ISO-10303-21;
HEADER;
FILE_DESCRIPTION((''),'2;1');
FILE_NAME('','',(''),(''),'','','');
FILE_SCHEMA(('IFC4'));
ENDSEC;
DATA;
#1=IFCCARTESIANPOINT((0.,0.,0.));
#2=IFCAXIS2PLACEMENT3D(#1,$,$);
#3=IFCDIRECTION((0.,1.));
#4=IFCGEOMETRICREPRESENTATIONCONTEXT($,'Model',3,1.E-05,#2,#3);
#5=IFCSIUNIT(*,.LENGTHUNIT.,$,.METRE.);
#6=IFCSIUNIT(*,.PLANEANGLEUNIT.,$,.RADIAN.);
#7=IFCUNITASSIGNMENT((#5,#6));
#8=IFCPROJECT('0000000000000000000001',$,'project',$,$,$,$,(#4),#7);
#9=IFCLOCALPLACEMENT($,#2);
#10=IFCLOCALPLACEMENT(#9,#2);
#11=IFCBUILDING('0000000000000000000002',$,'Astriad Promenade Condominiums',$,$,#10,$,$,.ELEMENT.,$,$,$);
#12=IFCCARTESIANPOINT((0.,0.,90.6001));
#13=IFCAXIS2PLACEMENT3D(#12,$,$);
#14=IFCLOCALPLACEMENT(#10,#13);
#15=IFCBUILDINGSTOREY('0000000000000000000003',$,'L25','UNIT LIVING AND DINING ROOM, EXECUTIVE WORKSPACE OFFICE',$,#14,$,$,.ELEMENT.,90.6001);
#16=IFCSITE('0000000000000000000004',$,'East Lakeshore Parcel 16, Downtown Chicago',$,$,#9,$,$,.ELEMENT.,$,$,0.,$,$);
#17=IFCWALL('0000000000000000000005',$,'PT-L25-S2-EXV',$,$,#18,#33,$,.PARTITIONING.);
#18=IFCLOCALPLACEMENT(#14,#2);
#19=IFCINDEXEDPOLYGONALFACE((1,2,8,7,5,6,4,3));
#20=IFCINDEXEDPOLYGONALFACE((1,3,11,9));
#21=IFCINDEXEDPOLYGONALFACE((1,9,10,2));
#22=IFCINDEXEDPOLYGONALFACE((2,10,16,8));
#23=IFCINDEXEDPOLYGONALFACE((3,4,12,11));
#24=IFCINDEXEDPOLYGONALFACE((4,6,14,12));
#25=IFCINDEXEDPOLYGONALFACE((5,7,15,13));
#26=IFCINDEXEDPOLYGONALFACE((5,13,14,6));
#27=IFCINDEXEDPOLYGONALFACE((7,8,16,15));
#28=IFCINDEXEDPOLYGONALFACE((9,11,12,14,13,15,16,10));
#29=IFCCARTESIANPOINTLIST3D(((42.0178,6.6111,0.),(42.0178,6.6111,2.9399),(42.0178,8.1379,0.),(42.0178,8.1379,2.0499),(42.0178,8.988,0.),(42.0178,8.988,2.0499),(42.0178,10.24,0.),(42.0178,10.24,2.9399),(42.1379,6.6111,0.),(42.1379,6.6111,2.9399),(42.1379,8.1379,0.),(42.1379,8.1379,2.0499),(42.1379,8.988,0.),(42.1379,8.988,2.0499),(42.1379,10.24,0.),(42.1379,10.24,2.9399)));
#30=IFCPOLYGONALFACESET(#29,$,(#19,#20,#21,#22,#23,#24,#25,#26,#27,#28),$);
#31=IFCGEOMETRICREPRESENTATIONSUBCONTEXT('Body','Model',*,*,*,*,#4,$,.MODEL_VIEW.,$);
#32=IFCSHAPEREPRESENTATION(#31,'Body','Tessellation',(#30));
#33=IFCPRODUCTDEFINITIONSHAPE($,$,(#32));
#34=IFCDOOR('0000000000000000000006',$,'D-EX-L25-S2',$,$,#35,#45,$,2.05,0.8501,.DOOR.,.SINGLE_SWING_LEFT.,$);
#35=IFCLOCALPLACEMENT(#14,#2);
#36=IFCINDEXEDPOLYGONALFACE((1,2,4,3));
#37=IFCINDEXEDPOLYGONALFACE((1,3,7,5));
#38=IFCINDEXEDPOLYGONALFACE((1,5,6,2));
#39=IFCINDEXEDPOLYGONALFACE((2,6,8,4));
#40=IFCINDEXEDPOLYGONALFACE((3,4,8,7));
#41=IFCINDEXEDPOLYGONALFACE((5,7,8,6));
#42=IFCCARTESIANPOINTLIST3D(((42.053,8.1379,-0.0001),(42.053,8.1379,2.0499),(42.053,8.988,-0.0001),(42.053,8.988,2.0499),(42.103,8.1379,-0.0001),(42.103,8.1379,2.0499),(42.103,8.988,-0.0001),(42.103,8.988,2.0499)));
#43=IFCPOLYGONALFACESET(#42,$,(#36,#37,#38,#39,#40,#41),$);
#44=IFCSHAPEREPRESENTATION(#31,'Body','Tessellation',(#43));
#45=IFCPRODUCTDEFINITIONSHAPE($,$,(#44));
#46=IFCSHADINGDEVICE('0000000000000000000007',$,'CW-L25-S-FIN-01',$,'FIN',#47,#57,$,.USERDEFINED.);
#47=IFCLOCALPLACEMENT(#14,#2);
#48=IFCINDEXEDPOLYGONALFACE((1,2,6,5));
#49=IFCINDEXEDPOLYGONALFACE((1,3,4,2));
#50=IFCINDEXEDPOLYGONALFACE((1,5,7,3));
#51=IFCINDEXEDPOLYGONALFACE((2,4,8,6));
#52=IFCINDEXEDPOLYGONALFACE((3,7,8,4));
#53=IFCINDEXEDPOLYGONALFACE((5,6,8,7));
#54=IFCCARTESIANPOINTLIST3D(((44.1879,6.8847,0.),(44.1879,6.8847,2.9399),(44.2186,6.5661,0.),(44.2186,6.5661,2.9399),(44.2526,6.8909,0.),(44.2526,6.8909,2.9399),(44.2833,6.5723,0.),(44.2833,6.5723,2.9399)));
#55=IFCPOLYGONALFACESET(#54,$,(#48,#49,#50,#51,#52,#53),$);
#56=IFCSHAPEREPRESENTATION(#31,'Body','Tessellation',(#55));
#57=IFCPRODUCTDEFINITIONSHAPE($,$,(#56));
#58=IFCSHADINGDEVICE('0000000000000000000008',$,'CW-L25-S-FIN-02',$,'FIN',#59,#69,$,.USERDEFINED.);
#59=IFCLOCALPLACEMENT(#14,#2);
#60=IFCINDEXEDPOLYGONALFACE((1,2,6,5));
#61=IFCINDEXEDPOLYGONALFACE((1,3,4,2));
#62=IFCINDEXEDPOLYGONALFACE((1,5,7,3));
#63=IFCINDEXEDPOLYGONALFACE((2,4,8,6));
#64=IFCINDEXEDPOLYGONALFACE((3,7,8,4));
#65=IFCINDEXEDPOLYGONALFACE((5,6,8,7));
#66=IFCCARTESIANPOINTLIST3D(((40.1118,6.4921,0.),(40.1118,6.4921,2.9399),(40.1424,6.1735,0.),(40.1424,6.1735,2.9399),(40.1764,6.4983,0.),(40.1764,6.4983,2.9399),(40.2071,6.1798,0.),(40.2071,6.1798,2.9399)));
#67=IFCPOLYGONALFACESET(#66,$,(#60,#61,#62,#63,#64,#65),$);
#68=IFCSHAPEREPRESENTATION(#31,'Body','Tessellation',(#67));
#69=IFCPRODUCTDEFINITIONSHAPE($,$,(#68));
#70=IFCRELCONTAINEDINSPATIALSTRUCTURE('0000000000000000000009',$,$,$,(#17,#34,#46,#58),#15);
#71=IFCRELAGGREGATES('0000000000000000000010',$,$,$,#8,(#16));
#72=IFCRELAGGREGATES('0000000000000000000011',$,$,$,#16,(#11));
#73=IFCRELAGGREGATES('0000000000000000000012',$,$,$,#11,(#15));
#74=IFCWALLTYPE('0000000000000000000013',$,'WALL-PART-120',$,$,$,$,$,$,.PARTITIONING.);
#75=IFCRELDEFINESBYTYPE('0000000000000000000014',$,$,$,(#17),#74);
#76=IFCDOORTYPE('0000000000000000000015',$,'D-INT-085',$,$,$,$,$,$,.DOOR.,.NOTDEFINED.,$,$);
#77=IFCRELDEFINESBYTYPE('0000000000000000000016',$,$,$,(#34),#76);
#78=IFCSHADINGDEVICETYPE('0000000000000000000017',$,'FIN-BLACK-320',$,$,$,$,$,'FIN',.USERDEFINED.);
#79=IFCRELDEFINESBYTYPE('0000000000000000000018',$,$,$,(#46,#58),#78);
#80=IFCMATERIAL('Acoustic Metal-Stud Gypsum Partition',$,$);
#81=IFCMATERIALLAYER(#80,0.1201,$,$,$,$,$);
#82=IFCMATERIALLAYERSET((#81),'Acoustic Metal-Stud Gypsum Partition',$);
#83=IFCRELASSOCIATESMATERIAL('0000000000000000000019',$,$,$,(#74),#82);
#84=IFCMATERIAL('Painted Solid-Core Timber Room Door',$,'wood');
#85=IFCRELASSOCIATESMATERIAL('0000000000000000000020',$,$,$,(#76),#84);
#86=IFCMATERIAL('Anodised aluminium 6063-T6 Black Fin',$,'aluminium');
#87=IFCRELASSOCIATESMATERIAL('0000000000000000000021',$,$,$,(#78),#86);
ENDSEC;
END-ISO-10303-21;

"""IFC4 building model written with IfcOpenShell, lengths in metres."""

from ifc_helpers import new_model, si_unit, direction, frame, frame_2d, origin, origin_2d, place, context, subcontext, project, spatial, rectangle, extrude, source, transform, mapped, material, layer, layer_set, type_object, type_shapes, element, fill, save


model = new_model("IFC4")

# Units and contexts
model_context = context("Model", 3, precision=1e-05, world=origin(), true_north=direction((0.0, 1.0)))
body_context = subcontext(model_context, "Body", "Model", "MODEL_VIEW")
ifc_project = project(units=[si_unit("LENGTHUNIT", "METRE"), si_unit("PLANEANGLEUNIT", "RADIAN")], contexts=[model_context])

# Site, building, storey
site_placement = place(None, origin())
site = spatial("IfcSite", under=ifc_project, at=site_placement, Name="East Lakeshore Parcel 16, Downtown Chicago", CompositionType="ELEMENT", RefElevation=0.0)
building_placement = place(site_placement, origin())
building = spatial("IfcBuilding", under=site, at=building_placement, Name="Astriad Promenade Condominiums", CompositionType="ELEMENT")
storey_placement = place(building_placement, frame((0.0, 0.0, 90.6001)))
storey = spatial("IfcBuildingStorey", under=building, at=storey_placement, Name="L25", Description="UNIT LIVING AND DINING ROOM, EXECUTIVE WORKSPACE OFFICE", CompositionType="ELEMENT", Elevation=90.6001)

# Wall, opening, door
ifc_material_1 = material(Name="Acoustic Metal-Stud Gypsum Partition")
ifc_layer_1 = layer(ifc_material_1, 0.1201)
ifc_layer_set_1 = layer_set([ifc_layer_1], Name="Acoustic Metal-Stud Gypsum Partition")
wall_type_1 = type_object("IfcWallType", Name="WALL-PART-120", PredefinedType="PARTITIONING", material=ifc_layer_set_1)
wall_1_placement = place(storey_placement, frame((42.0779, 6.6111, 0.0), z_axis=(0.0, 0.0, 1.0), x_axis=(0.0, 1.0, 0.0)))
wall_1 = element("IfcWall", 1, at=wall_1_placement, inside=storey, type_object=wall_type_1, Name="PT-L25-S2-EXV", PredefinedType="PARTITIONING", context=body_context, shape_type="SweptSolid", body=[
    extrude(rectangle(XDim=3.6289, YDim=0.1201, at=frame_2d((1.8145, 0.0))), origin(), (0.0, 0.0, 1.0), 2.9399),
])
opening_placement = place(wall_1_placement, frame((1.5269, 0.0, 0.0)))
opening = element("IfcOpeningElement", 2, at=opening_placement, cuts=wall_1, PredefinedType="OPENING", context=body_context, shape_type="SweptSolid", body=[
    extrude(rectangle(XDim=0.8501, YDim=2.05, at=frame_2d((0.425, 1.0249))), frame((0.0, 0.0701, 0.0), z_axis=(0.0, -1.0, 0.0), x_axis=(1.0, 0.0, 0.0)), (0.0, 0.0, 1.0), 0.1401),
])
ifc_material_2 = material(Name="Painted Solid-Core Timber Room Door", Category="wood")
door_type = type_object("IfcDoorType", Name="D-INT-085", OperationType="NOTDEFINED", PredefinedType="DOOR", material=ifc_material_2)
shared_shape_1 = source(origin(), body_context, "Body", "SweptSolid", [
    extrude(rectangle(XDim=0.8501, YDim=2.05, at=frame_2d((0.425, 1.0249))), frame((0.0, 0.0249, 0.0), z_axis=(0.0, -1.0, 0.0), x_axis=(1.0, 0.0, 0.0)), (0.0, 0.0, 1.0), 0.05),
])
type_shapes(door_type, [shared_shape_1])
door_placement = place(opening_placement, origin())
door = element("IfcDoor", 3, at=door_placement, inside=storey, type_object=door_type, Name="D-EX-L25-S2", OperationType="SINGLE_SWING_LEFT", OverallHeight=2.05, OverallWidth=0.8501, PredefinedType="DOOR", context=body_context, shape_type="MappedRepresentation", body=[
    mapped(shared_shape_1, transform((0.0, 0.0, 0.0), scale=1.0)),
])
fill(opening, door)

# Shading devices
ifc_material_3 = material(Name="Anodised aluminium 6063-T6 Black Fin", Category="aluminium")
shading_device_type = type_object("IfcShadingDeviceType", Name="FIN-BLACK-320", ElementType="FIN", PredefinedType="USERDEFINED", material=ifc_material_3)
shared_shape_2 = source(origin(), body_context, "Body", "SweptSolid", [
    extrude(rectangle(XDim=0.0649, YDim=0.3201, at=origin_2d()), origin(), (0.0, 0.0, 1.0), 2.9399),
])
type_shapes(shading_device_type, [shared_shape_2])
for number, where, z_axis, x_axis, name in (
    (4, (44.2356, 6.7285, 0.0), (0.0, 0.0, 1.0), (-0.995396, -0.095846, 0.0), "CW-L25-S-FIN-01"),
    (5, (40.1594, 6.3359, 0.0), (0.0, 0.0, 1.0), (-0.995396, -0.095846, 0.0), "CW-L25-S-FIN-02"),
):
    element("IfcShadingDevice", number, at=place(storey_placement, frame(where, z_axis=z_axis, x_axis=x_axis)), inside=storey, type_object=shading_device_type, Name=name, ObjectType="FIN", PredefinedType="USERDEFINED", context=body_context, shape_type="MappedRepresentation", body=[
        mapped(shared_shape_2, transform((0.0, 0.0, 0.0), scale=1.0)),
    ])

save(model, "model.ifc")
